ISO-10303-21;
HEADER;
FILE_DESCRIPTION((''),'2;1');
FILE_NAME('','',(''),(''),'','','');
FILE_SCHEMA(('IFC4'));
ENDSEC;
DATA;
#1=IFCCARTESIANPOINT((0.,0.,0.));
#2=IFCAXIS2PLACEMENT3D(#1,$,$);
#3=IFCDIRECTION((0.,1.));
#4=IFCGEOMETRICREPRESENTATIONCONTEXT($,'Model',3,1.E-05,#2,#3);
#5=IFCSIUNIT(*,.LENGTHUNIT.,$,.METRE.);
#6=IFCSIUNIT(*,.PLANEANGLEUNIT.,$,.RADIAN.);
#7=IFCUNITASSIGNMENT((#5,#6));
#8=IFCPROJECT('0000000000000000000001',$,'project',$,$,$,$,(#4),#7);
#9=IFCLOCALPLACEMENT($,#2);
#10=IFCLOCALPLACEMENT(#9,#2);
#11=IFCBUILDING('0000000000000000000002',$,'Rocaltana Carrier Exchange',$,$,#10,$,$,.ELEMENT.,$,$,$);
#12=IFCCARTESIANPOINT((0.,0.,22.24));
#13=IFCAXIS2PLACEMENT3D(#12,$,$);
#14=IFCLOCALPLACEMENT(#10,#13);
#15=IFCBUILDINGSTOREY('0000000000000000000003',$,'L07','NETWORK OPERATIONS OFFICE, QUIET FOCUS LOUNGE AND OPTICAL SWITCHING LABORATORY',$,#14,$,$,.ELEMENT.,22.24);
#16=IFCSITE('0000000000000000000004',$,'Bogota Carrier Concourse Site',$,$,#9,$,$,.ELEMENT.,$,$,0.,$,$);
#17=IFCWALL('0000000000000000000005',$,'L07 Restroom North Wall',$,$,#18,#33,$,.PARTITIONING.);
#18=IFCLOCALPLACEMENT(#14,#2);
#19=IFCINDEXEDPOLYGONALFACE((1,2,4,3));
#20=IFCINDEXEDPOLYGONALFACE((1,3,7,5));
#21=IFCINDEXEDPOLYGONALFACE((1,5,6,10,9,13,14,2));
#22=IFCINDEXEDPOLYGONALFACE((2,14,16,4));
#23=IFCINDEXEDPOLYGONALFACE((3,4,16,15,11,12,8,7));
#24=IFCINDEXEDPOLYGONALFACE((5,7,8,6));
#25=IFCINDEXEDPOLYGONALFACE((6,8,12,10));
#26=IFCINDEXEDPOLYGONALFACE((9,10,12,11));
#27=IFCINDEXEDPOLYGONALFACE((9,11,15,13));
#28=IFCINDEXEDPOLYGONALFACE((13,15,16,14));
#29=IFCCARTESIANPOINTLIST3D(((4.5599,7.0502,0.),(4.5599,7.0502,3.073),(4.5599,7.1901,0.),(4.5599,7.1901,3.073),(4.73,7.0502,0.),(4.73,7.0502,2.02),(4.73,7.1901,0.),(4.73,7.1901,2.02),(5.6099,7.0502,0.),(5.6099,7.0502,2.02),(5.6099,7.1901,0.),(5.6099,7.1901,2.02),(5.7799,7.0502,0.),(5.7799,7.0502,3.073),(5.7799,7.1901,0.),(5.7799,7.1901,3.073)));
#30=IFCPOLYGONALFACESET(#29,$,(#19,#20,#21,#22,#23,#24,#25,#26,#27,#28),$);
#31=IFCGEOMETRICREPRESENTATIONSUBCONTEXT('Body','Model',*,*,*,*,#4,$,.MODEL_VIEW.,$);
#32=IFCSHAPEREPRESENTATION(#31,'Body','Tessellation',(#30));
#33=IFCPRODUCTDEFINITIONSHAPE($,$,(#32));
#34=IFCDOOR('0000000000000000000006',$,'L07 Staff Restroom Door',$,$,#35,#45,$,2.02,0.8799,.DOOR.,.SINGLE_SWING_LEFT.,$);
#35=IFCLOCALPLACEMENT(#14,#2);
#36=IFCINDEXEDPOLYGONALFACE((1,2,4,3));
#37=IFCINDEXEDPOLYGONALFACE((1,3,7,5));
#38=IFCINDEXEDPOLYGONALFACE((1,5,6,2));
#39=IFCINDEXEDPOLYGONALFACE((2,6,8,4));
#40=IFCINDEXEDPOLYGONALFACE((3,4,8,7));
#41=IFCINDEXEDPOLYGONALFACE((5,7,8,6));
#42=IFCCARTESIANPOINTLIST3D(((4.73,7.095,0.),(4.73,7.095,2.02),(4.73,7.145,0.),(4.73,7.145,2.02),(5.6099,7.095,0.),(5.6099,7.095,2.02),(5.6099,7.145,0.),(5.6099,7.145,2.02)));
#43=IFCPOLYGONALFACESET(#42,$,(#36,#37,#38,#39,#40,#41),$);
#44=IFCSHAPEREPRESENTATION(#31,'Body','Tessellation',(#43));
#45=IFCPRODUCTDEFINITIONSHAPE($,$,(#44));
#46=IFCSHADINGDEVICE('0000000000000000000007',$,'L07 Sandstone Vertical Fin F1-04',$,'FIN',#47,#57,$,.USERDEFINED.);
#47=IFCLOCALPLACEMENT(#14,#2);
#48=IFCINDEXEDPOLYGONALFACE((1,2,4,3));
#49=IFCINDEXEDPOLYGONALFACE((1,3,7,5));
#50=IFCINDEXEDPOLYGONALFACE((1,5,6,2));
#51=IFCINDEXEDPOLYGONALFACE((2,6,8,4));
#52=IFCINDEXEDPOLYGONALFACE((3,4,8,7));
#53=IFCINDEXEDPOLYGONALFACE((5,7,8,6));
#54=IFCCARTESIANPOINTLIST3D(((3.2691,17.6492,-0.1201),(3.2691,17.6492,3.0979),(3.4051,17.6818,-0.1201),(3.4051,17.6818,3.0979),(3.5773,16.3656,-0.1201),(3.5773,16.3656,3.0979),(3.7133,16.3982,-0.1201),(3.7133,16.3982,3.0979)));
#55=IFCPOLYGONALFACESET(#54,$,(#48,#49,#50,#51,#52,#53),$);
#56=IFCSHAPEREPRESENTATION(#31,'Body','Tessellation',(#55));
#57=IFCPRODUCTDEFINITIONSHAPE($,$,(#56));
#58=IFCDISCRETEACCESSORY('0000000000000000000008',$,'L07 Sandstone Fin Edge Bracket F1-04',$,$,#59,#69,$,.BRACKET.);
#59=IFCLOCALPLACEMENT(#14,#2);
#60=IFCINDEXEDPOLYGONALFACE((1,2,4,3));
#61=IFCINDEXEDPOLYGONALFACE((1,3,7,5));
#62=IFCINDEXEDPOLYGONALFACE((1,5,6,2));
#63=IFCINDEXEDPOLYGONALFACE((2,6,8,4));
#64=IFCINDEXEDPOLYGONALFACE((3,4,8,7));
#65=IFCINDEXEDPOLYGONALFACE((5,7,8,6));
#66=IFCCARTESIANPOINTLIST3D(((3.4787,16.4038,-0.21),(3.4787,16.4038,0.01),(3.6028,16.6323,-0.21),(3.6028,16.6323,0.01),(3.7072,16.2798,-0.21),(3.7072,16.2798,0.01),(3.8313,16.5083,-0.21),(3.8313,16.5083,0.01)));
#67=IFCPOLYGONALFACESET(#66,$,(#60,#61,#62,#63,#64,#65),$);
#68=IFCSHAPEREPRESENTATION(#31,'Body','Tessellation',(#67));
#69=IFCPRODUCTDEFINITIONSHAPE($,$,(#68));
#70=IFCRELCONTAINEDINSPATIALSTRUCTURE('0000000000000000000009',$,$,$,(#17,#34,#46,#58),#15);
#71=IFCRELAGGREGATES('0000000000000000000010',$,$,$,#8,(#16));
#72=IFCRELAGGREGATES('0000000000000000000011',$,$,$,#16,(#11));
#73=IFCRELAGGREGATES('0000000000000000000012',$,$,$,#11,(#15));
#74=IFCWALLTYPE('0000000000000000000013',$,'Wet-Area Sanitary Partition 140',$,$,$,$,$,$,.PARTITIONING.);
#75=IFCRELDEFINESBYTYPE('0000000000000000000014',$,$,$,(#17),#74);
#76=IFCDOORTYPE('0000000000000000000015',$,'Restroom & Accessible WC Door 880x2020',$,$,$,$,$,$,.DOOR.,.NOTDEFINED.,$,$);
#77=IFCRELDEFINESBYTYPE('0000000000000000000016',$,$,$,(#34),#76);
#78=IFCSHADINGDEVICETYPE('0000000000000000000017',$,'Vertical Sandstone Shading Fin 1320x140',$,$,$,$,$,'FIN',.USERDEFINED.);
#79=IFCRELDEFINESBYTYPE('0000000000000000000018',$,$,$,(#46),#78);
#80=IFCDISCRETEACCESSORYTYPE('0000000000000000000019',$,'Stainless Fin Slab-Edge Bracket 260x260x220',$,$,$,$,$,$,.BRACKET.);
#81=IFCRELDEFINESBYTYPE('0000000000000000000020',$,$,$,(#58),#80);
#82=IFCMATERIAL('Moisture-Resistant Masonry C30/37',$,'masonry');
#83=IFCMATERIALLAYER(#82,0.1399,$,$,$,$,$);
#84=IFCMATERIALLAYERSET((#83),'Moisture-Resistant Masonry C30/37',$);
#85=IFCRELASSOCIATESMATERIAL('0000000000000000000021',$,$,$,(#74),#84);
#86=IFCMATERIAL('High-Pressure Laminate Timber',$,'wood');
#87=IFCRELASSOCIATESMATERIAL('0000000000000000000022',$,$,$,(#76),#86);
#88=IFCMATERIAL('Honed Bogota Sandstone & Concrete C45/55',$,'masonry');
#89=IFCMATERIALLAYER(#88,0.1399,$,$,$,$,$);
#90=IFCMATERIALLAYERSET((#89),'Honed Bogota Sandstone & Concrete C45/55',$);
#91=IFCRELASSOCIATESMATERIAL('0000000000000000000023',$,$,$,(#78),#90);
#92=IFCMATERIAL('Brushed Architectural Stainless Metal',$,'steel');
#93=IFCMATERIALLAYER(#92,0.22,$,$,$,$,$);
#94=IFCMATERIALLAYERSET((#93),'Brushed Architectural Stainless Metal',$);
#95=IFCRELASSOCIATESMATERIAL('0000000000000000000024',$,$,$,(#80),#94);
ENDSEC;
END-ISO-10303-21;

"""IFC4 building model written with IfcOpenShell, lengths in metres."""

from ifc_helpers import new_model, si_unit, direction, frame, frame_2d, origin, origin_2d, place, context, subcontext, project, spatial, rectangle, extrude, material, layer, layer_set, type_object, element, fill, save


model = new_model("IFC4")

# Units and contexts
model_context = context("Model", 3, precision=1e-05, world=origin(), true_north=direction((0.0, 1.0)))
body_context = subcontext(model_context, "Body", "Model", "MODEL_VIEW")
ifc_project = project(units=[si_unit("LENGTHUNIT", "METRE"), si_unit("PLANEANGLEUNIT", "RADIAN")], contexts=[model_context])

# Site, building, storey
site_placement = place(None, origin())
site = spatial("IfcSite", under=ifc_project, at=site_placement, Name="Bogota Carrier Concourse Site", CompositionType="ELEMENT", RefElevation=0.0)
building_placement = place(site_placement, origin())
building = spatial("IfcBuilding", under=site, at=building_placement, Name="Rocaltana Carrier Exchange", CompositionType="ELEMENT")
storey_placement = place(building_placement, frame((0.0, 0.0, 22.24)))
storey = spatial("IfcBuildingStorey", under=building, at=storey_placement, Name="L07", Description="NETWORK OPERATIONS OFFICE, QUIET FOCUS LOUNGE AND OPTICAL SWITCHING LABORATORY", CompositionType="ELEMENT", Elevation=22.24)

# Shared definitions
ifc_material_1 = material(Name="Moisture-Resistant Masonry C30/37", Category="masonry")
ifc_layer_1 = layer(ifc_material_1, 0.1399)
ifc_layer_set_1 = layer_set([ifc_layer_1], Name="Moisture-Resistant Masonry C30/37")
wall_type_1 = type_object("IfcWallType", Name="Wet-Area Sanitary Partition 140", PredefinedType="PARTITIONING", material=ifc_layer_set_1)

# Wall, opening, door
wall_1_placement = place(storey_placement, frame((4.5601, 7.1201, 0.0), z_axis=(0.0, 0.0, 1.0), x_axis=(1.0, 0.0, 0.0)))
wall_1 = element("IfcWall", 1, at=wall_1_placement, inside=storey, type_object=wall_type_1, Name="L07 Restroom North Wall", PredefinedType="PARTITIONING", context=body_context, shape_type="SweptSolid", body=[
    extrude(rectangle(XDim=1.22, YDim=0.1399, at=frame_2d((0.6099, 0.0))), origin(), (0.0, 0.0, 1.0), 3.073),
])
opening_1_placement = place(wall_1_placement, frame((0.1699, 0.0, 0.0)))
opening_1 = element("IfcOpeningElement", 2, at=opening_1_placement, cuts=wall_1, PredefinedType="OPENING", context=body_context, shape_type="SweptSolid", body=[
    extrude(rectangle(XDim=0.8799, YDim=2.02, at=frame_2d((0.4399, 1.01))), frame((0.0, 0.0798, 0.0), z_axis=(0.0, -1.0, 0.0), x_axis=(1.0, 0.0, 0.0)), (0.0, 0.0, 1.0), 0.1599),
])
ifc_material_2 = material(Name="High-Pressure Laminate Timber", Category="wood")
door_type_1 = type_object("IfcDoorType", Name="Restroom & Accessible WC Door 880x2020", OperationType="NOTDEFINED", PredefinedType="DOOR", material=ifc_material_2)
door_1_placement = place(opening_1_placement, origin())
door_1 = element("IfcDoor", 3, at=door_1_placement, inside=storey, type_object=door_type_1, Name="L07 Staff Restroom Door", OperationType="SINGLE_SWING_LEFT", OverallHeight=2.02, OverallWidth=0.8799, PredefinedType="DOOR", context=body_context, shape_type="SweptSolid", body=[
    extrude(rectangle(XDim=0.8799, YDim=2.02, at=frame_2d((0.4399, 1.01))), frame((0.0, 0.0249, 0.0), z_axis=(0.0, -1.0, 0.0), x_axis=(1.0, 0.0, 0.0)), (0.0, 0.0, 1.0), 0.05),
])
fill(opening_1, door_1)

# Shading device
ifc_material_3 = material(Name="Honed Bogota Sandstone & Concrete C45/55", Category="masonry")
ifc_layer_2 = layer(ifc_material_3, 0.1399)
ifc_layer_set_2 = layer_set([ifc_layer_2], Name="Honed Bogota Sandstone & Concrete C45/55")
shading_device_type = type_object("IfcShadingDeviceType", Name="Vertical Sandstone Shading Fin 1320x140", ElementType="FIN", PredefinedType="USERDEFINED", material=ifc_layer_set_2)
shading_device_placement = place(storey_placement, frame((3.4912, 17.0237, -0.1201), z_axis=(0.0, 0.0, 1.0), x_axis=(-0.233445, 0.97237, 0.0)))
element("IfcShadingDevice", 4, at=shading_device_placement, inside=storey, type_object=shading_device_type, Name="L07 Sandstone Vertical Fin F1-04", ObjectType="FIN", PredefinedType="USERDEFINED", context=body_context, shape_type="SweptSolid", body=[
    extrude(rectangle(XDim=1.3201, YDim=0.1399, at=origin_2d()), origin(), (0.0, 0.0, 1.0), 3.218),
])

# Discrete accessory
ifc_material_4 = material(Name="Brushed Architectural Stainless Metal", Category="steel")
ifc_layer_3 = layer(ifc_material_4, 0.22)
ifc_layer_set_3 = layer_set([ifc_layer_3], Name="Brushed Architectural Stainless Metal")
discrete_accessory_type = type_object("IfcDiscreteAccessoryType", Name="Stainless Fin Slab-Edge Bracket 260x260x220", PredefinedType="BRACKET", material=ifc_layer_set_3)
discrete_accessory_placement = place(storey_placement, frame((3.655, 16.4561, -0.21), z_axis=(0.0, 0.0, 1.0), x_axis=(-0.878817, 0.477159, 0.0)))
element("IfcDiscreteAccessory", 5, at=discrete_accessory_placement, inside=storey, type_object=discrete_accessory_type, Name="L07 Sandstone Fin Edge Bracket F1-04", PredefinedType="BRACKET", context=body_context, shape_type="SweptSolid", body=[
    extrude(rectangle(XDim=0.26, YDim=0.26, at=origin_2d()), origin(), (0.0, 0.0, 1.0), 0.22),
])

save(model, "model.ifc")
